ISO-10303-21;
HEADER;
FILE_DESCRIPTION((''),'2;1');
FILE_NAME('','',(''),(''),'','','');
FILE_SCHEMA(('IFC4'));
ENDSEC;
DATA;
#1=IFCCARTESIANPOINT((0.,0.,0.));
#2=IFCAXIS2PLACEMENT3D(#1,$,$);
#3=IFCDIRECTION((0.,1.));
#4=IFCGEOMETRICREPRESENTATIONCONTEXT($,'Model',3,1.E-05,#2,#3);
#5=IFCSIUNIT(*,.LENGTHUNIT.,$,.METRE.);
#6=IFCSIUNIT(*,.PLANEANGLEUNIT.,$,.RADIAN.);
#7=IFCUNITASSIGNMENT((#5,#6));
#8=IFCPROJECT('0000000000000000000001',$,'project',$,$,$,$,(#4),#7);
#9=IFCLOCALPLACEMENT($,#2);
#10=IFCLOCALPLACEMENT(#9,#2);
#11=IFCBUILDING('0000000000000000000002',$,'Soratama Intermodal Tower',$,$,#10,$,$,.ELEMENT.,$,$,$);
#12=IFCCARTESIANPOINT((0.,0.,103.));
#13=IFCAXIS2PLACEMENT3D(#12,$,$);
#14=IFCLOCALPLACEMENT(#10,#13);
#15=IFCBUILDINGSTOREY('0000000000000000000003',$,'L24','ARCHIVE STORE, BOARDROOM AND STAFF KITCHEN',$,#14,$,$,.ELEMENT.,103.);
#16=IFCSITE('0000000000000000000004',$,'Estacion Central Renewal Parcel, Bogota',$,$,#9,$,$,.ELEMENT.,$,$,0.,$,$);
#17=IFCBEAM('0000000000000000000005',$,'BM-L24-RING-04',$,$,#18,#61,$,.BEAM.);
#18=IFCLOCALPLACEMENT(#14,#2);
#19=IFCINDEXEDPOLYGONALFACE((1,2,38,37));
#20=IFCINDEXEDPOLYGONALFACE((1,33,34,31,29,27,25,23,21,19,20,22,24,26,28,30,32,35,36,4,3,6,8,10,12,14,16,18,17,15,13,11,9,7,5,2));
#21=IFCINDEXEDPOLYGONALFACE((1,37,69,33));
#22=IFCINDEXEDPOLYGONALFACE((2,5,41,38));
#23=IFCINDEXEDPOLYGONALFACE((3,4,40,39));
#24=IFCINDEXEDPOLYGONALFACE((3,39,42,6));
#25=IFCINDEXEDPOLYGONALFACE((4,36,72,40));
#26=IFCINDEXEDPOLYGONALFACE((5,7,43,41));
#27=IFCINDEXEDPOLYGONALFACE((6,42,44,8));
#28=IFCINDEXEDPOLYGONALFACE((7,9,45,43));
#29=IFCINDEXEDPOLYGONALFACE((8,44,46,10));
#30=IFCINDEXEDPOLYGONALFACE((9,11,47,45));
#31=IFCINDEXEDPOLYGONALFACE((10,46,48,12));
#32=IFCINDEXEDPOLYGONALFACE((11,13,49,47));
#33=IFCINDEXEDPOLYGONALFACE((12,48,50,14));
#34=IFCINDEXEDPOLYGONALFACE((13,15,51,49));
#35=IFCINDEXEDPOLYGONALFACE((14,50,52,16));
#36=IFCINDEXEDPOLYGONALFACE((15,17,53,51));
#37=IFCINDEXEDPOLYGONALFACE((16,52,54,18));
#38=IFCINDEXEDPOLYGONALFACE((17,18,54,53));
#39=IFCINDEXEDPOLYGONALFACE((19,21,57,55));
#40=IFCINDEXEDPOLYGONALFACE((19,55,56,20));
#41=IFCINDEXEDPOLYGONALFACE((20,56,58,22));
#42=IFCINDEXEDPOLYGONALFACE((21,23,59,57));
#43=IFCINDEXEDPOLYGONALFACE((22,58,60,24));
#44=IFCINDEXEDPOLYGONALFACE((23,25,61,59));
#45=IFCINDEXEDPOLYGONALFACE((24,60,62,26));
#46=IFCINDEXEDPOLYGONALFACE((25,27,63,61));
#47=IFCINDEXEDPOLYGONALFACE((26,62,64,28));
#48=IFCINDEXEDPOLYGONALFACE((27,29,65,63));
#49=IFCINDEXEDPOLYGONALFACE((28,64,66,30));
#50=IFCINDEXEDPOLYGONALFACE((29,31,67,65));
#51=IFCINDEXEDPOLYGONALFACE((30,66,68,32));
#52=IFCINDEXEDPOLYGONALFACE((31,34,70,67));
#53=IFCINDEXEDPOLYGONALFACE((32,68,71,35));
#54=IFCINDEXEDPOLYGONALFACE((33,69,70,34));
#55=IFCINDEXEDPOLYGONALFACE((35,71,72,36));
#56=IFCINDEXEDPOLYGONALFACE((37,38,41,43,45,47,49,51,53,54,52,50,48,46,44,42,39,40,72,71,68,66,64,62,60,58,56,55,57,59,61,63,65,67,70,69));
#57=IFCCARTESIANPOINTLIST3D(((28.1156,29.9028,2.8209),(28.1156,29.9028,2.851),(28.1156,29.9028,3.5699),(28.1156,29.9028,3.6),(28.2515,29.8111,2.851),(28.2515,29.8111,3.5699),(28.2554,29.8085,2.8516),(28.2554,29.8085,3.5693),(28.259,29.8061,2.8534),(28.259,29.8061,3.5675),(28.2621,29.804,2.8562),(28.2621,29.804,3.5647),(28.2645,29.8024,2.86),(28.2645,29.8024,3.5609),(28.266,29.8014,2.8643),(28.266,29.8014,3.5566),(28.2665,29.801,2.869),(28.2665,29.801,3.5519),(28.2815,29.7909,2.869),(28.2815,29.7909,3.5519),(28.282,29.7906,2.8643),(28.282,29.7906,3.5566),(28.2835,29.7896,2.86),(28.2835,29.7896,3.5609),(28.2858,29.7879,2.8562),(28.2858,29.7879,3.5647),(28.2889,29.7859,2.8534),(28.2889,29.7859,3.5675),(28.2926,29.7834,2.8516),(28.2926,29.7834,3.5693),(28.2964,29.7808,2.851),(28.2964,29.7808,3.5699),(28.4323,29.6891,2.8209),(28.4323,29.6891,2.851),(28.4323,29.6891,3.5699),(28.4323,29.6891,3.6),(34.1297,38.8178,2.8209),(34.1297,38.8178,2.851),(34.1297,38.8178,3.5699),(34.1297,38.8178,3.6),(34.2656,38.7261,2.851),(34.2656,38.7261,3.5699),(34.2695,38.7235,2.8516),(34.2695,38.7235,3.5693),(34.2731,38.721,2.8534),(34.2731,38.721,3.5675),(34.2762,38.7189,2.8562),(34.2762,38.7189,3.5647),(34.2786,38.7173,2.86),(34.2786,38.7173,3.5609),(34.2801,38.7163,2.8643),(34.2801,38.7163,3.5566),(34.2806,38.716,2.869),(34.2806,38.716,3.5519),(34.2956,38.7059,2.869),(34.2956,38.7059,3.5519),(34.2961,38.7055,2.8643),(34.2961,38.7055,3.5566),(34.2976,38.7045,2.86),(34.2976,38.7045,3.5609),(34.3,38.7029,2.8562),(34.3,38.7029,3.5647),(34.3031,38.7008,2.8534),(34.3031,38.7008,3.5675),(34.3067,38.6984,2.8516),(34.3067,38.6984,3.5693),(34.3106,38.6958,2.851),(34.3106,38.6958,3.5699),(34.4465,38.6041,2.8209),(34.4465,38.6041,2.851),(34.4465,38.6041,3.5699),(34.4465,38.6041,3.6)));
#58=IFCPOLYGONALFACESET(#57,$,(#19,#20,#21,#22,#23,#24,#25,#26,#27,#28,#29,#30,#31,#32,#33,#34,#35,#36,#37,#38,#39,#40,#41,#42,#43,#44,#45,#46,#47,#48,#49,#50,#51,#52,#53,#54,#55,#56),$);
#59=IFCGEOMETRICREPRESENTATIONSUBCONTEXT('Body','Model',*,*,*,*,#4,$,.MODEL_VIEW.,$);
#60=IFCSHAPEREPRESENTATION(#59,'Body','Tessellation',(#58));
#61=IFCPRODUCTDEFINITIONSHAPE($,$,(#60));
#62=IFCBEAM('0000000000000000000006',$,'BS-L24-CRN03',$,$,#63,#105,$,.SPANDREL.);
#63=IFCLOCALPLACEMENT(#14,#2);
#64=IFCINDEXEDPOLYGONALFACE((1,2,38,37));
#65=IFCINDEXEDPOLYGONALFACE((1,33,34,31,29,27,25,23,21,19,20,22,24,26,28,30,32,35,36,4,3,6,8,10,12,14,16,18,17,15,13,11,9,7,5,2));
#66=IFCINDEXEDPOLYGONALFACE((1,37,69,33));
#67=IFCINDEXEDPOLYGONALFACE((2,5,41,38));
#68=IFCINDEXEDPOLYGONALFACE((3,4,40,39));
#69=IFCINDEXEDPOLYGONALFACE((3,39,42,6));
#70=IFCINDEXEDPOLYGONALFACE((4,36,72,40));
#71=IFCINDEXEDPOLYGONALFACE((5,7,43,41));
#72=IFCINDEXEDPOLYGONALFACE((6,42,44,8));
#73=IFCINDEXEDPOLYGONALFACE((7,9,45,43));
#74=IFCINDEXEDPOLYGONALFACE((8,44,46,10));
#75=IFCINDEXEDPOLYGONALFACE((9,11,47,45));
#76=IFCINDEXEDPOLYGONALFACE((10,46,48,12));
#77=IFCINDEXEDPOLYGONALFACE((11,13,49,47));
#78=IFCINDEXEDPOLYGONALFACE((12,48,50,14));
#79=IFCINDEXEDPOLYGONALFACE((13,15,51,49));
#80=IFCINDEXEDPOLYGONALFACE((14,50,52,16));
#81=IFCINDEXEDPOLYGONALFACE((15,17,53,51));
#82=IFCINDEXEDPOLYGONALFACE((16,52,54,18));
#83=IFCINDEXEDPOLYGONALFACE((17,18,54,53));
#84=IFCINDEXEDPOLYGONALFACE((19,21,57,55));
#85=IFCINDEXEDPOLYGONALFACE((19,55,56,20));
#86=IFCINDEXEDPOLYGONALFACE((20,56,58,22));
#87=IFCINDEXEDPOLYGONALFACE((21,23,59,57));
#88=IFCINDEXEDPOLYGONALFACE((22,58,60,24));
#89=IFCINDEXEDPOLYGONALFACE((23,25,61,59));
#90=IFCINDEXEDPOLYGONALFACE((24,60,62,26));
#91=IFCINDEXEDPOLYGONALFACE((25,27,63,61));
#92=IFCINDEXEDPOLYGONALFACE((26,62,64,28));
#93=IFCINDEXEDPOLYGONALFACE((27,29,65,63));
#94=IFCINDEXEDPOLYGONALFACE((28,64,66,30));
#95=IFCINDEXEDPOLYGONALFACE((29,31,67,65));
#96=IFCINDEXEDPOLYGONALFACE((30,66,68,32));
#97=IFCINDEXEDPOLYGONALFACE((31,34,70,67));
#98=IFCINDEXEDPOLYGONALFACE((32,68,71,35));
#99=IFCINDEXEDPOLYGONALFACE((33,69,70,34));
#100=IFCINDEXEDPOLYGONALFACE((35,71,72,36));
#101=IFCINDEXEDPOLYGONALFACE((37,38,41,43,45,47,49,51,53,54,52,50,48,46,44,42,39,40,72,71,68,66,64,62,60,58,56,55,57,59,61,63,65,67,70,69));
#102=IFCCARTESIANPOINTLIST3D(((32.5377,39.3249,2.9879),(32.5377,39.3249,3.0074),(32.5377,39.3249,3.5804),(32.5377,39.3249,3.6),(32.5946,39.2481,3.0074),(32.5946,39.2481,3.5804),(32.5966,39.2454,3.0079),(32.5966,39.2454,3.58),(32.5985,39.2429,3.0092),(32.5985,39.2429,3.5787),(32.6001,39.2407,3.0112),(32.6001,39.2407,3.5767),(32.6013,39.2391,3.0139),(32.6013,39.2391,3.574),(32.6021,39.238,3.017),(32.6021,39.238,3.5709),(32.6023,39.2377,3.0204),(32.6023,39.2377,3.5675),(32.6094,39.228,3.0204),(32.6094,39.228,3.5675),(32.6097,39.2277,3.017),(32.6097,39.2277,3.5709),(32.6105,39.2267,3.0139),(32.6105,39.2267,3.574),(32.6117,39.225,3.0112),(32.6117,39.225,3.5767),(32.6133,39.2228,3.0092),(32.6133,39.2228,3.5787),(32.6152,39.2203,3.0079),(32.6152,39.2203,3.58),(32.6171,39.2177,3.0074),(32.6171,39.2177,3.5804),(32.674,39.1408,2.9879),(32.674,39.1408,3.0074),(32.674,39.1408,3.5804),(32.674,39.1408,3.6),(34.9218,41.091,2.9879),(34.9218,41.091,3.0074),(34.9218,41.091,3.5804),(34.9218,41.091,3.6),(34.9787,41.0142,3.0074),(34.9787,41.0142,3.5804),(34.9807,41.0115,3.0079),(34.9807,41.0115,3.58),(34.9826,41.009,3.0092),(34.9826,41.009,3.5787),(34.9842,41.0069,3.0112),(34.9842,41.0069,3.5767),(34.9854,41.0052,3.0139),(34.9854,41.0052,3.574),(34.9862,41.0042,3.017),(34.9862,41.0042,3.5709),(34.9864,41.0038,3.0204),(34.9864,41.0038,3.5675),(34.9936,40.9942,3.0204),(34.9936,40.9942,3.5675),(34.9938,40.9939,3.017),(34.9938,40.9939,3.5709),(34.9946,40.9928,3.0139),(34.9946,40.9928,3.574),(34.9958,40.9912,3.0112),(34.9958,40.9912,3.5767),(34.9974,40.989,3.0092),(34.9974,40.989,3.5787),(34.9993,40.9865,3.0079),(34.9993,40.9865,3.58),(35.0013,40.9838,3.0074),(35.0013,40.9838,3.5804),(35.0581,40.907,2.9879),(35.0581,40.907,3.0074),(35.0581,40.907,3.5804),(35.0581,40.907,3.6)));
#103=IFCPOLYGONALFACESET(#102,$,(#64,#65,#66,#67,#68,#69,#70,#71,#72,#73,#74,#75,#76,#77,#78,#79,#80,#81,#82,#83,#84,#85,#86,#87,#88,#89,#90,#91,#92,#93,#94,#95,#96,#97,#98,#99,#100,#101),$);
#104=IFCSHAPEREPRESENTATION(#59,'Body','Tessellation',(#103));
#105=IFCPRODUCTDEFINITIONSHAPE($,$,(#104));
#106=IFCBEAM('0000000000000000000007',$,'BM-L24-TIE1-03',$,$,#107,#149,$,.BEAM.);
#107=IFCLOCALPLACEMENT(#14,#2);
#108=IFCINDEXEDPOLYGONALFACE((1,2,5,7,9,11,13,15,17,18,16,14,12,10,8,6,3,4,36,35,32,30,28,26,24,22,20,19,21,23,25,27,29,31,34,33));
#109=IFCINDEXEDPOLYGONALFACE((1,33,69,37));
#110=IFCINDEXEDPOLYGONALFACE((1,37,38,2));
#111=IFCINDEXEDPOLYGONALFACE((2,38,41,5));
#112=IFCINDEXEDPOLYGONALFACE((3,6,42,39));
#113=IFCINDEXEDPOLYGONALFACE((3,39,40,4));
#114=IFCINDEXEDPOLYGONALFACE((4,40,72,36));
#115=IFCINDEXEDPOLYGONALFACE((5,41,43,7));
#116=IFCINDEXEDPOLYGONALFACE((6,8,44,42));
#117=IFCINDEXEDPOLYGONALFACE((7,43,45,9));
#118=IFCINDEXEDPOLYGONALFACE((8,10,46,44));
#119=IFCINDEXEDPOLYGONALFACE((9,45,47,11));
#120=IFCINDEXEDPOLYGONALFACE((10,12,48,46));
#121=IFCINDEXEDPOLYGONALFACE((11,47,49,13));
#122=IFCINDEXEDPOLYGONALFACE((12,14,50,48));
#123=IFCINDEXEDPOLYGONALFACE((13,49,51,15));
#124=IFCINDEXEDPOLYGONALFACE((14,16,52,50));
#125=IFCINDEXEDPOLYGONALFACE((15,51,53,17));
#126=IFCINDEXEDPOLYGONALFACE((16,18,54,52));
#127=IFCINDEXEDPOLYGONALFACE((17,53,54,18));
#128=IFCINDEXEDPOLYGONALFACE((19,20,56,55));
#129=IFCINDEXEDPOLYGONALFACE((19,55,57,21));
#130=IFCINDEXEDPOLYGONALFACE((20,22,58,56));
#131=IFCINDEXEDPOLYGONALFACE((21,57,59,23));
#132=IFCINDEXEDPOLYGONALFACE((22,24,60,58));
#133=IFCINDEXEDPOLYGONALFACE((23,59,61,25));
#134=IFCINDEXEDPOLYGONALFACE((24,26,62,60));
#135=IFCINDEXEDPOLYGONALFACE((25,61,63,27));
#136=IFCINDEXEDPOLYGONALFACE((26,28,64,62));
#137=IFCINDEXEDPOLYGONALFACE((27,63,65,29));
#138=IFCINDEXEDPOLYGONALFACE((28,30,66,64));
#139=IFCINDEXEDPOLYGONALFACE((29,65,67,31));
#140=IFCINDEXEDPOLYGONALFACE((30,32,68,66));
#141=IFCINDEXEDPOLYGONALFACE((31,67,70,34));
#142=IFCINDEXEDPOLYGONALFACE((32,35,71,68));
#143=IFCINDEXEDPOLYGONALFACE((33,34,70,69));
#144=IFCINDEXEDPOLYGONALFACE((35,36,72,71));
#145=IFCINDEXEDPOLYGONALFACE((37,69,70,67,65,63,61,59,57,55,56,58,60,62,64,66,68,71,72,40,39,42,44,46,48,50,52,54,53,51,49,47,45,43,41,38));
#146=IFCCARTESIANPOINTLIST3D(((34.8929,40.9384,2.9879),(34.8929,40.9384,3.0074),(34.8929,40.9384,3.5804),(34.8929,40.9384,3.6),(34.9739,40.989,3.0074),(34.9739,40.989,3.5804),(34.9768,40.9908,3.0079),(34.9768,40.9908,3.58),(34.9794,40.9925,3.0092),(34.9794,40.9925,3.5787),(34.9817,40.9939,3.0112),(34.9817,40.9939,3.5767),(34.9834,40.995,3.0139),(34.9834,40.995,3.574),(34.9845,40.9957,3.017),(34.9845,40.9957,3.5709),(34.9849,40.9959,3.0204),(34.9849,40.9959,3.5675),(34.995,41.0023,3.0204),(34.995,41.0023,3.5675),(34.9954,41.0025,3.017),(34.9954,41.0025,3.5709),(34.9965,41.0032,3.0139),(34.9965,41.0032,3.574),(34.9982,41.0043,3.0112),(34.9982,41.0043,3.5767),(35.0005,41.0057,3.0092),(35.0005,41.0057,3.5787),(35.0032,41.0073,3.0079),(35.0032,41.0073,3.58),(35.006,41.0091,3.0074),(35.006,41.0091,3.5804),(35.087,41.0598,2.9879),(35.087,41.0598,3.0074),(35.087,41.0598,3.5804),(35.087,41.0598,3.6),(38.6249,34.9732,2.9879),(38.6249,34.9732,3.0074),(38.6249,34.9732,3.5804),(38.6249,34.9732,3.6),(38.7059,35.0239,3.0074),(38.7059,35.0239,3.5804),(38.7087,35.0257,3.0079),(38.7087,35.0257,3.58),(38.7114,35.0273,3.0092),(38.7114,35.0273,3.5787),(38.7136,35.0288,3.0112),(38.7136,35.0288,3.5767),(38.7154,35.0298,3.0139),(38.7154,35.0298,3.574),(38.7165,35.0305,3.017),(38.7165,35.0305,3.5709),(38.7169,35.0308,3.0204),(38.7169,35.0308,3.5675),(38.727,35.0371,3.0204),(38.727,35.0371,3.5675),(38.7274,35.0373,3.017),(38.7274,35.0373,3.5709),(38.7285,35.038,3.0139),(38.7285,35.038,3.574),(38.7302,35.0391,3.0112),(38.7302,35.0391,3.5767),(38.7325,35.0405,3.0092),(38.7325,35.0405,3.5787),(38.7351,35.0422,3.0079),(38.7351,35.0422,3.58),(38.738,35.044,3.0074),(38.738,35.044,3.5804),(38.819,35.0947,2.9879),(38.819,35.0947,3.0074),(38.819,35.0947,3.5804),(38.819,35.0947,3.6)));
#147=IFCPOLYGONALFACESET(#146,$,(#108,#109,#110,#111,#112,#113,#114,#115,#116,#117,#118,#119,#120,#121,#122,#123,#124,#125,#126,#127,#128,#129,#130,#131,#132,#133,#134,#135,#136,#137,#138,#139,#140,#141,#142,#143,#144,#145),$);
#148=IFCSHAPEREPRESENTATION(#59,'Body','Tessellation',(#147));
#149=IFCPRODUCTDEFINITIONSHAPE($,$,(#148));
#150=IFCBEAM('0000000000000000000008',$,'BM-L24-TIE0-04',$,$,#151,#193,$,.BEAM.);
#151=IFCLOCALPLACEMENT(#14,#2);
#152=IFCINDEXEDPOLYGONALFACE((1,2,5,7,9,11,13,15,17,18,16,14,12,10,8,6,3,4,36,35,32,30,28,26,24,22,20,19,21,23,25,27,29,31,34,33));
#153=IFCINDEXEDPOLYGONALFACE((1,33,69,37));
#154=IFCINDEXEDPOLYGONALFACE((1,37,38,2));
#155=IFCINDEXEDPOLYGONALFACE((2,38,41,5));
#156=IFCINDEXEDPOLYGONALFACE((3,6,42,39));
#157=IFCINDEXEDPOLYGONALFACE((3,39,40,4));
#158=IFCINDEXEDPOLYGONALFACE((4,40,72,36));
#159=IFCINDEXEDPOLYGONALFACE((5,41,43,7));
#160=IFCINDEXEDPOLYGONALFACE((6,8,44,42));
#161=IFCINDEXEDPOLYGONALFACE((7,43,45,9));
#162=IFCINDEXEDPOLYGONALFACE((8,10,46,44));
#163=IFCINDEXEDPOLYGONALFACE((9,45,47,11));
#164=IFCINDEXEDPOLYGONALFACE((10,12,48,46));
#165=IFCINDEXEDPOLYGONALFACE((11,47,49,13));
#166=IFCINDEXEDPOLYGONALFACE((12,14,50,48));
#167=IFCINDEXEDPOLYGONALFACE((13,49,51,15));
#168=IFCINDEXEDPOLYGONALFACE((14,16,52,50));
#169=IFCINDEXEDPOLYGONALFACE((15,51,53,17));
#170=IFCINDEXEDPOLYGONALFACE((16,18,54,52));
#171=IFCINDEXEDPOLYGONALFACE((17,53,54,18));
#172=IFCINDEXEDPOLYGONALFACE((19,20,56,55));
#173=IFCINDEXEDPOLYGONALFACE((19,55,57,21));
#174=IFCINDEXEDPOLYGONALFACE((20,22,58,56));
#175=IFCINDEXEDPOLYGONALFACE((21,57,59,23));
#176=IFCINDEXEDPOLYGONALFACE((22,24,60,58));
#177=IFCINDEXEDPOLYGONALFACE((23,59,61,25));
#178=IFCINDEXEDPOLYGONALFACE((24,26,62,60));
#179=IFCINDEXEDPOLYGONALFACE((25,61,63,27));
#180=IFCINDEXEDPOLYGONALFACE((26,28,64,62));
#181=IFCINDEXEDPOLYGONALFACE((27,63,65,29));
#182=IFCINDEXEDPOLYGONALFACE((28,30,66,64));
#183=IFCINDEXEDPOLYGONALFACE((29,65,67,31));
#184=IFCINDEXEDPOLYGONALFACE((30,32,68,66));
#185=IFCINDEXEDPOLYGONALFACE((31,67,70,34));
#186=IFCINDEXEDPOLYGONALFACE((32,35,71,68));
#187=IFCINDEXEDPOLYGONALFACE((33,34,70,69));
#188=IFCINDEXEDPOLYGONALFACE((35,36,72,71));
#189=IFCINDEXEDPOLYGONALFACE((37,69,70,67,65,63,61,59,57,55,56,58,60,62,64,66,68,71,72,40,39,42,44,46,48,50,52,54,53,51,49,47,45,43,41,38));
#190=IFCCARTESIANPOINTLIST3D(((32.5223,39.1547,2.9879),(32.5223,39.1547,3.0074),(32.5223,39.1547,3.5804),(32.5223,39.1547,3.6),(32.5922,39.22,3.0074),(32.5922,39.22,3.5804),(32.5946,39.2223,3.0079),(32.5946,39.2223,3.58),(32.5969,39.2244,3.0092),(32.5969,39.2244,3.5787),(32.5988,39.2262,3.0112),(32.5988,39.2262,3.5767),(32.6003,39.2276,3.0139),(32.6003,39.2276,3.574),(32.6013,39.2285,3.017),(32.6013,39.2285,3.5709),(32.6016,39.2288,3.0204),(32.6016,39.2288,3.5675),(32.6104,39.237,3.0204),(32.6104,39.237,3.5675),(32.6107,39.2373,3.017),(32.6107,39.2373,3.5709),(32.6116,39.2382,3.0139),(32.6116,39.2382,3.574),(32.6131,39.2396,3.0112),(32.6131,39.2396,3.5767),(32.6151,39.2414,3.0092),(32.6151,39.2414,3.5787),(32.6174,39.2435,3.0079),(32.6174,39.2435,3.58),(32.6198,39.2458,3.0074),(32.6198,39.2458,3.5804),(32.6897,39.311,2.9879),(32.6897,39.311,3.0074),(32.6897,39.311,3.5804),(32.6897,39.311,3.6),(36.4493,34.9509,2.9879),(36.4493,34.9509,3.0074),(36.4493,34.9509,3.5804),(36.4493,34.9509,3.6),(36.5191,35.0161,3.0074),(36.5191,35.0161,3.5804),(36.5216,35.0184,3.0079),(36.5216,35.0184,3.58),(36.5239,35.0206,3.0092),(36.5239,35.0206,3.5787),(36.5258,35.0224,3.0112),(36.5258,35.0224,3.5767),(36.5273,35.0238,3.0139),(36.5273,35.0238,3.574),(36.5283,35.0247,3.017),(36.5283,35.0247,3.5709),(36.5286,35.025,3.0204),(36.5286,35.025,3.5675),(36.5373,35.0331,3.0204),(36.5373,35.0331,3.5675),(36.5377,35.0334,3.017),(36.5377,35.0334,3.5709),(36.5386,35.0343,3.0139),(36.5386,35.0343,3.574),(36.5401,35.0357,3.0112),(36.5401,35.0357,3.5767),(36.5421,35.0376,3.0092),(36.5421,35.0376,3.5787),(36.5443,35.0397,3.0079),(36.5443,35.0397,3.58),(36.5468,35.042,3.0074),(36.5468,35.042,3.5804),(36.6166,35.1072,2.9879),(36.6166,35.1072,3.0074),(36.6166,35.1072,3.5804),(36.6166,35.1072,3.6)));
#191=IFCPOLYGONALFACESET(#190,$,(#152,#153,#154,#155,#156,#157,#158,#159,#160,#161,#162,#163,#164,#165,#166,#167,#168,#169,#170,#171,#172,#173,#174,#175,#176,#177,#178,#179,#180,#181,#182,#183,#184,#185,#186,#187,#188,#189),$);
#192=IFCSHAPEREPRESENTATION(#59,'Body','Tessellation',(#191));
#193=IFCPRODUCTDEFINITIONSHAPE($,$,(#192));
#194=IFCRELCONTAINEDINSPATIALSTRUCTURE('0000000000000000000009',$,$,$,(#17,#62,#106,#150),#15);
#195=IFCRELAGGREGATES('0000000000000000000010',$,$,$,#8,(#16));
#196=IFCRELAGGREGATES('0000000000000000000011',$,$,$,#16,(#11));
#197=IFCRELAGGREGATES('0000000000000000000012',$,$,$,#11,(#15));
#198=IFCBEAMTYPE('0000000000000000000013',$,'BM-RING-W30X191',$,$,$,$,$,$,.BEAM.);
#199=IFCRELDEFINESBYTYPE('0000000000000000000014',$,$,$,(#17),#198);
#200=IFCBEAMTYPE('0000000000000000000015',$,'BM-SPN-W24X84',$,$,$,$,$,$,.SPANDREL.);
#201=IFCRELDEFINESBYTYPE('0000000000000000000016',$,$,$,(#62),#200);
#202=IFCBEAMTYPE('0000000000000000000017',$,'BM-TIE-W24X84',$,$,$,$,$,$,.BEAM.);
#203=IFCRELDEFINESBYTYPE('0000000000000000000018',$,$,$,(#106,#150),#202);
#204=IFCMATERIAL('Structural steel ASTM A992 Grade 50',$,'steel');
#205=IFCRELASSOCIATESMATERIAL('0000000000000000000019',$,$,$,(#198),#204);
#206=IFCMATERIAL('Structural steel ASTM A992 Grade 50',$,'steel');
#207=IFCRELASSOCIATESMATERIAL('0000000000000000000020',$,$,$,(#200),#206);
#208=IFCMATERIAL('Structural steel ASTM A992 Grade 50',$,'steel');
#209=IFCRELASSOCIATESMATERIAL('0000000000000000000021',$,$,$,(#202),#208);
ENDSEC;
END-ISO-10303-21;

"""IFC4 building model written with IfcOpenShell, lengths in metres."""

from ifc_helpers import new_model, si_unit, direction, frame, origin, origin_2d, place, context, subcontext, project, spatial, i_section, extrude, material, material_profile, profile_set, type_object, element, save


model = new_model("IFC4")

# Units and contexts
model_context = context("Model", 3, precision=1e-05, world=origin(), true_north=direction((0.0, 1.0)))
body_context = subcontext(model_context, "Body", "Model", "MODEL_VIEW")
ifc_project = project(units=[si_unit("LENGTHUNIT", "METRE"), si_unit("PLANEANGLEUNIT", "RADIAN")], contexts=[model_context])

# Site, building, storey
site_placement = place(None, origin())
site = spatial("IfcSite", under=ifc_project, at=site_placement, Name="Estacion Central Renewal Parcel, Bogota", CompositionType="ELEMENT", RefElevation=0.0)
building_placement = place(site_placement, origin())
building = spatial("IfcBuilding", under=site, at=building_placement, Name="Soratama Intermodal Tower", CompositionType="ELEMENT")
storey_placement = place(building_placement, frame((0.0, 0.0, 103.0)))
storey = spatial("IfcBuildingStorey", under=building, at=storey_placement, Name="L24", Description="ARCHIVE STORE, BOARDROOM AND STAFF KITCHEN", CompositionType="ELEMENT", Elevation=103.0)

# Beams
ifc_material_1 = material(Name="Structural steel ASTM A992 Grade 50", Category="steel")
ifc_material_profile_1 = material_profile(ifc_material_1, i_section(OverallWidth=0.3821, OverallDepth=0.7791, WebThickness=0.0181, FlangeThickness=0.03, FilletRadius=0.0181, at=origin_2d()), Name="W30X191")
ifc_profile_set_1 = profile_set([ifc_material_profile_1], Name="Structural steel ASTM A992 Grade 50")
beam_type_1 = type_object("IfcBeamType", Name="BM-RING-W30X191", PredefinedType="BEAM", material=ifc_profile_set_1)
beam_1_placement = place(storey_placement, frame((34.2881, 38.7109, 3.2104), z_axis=(-0.55925, -0.828999, 0.0), x_axis=(0.828999, -0.55925, 0.0)))
element("IfcBeam", 1, at=beam_1_placement, inside=storey, type_object=beam_type_1, Name="BM-L24-RING-04", PredefinedType="BEAM", context=body_context, shape_type="SweptSolid", body=[
    extrude(i_section(OverallWidth=0.3821, OverallDepth=0.7791, WebThickness=0.0181, FlangeThickness=0.03, FilletRadius=0.0181, at=origin_2d()), origin(), (0.0, 0.0, 1.0), 10.7539),
])
ifc_material_2 = material(Name="Structural steel ASTM A992 Grade 50", Category="steel")
ifc_material_profile_2 = material_profile(ifc_material_2, i_section(OverallWidth=0.229, OverallDepth=0.6121, WebThickness=0.012, FlangeThickness=0.0195, FilletRadius=0.0129, at=origin_2d()), Name="W24X84")
ifc_profile_set_2 = profile_set([ifc_material_profile_2], Name="Structural steel ASTM A992 Grade 50")
beam_type_2 = type_object("IfcBeamType", Name="BM-SPN-W24X84", PredefinedType="SPANDREL", material=ifc_profile_set_2)
beam_2_placement = place(storey_placement, frame((34.99, 40.999, 3.2939), z_axis=(-0.803531, -0.595263, 0.0), x_axis=(0.595263, -0.803531, 0.0)))
element("IfcBeam", 2, at=beam_2_placement, inside=storey, type_object=beam_type_2, Name="BS-L24-CRN03", PredefinedType="SPANDREL", context=body_context, shape_type="SweptSolid", body=[
    extrude(i_section(OverallWidth=0.229, OverallDepth=0.6121, WebThickness=0.012, FlangeThickness=0.0195, FilletRadius=0.0129, at=origin_2d()), origin(), (0.0, 0.0, 1.0), 2.967),
])
ifc_material_3 = material(Name="Structural steel ASTM A992 Grade 50", Category="steel")
ifc_material_profile_3 = material_profile(ifc_material_3, i_section(OverallWidth=0.229, OverallDepth=0.6121, WebThickness=0.012, FlangeThickness=0.0195, FilletRadius=0.0129, at=origin_2d()), Name="W24X84")
ifc_profile_set_3 = profile_set([ifc_material_profile_3], Name="Structural steel ASTM A992 Grade 50")
beam_type_3 = type_object("IfcBeamType", Name="BM-TIE-W24X84", PredefinedType="BEAM", material=ifc_profile_set_3)
beam_3_placement = place(storey_placement, frame((38.7219, 35.0339, 3.2939), z_axis=(-0.530383, 0.847758, 0.0), x_axis=(-0.847758, -0.530383, 0.0)))
element("IfcBeam", 3, at=beam_3_placement, inside=storey, type_object=beam_type_3, Name="BM-L24-TIE1-03", PredefinedType="BEAM", context=body_context, shape_type="SweptSolid", body=[
    extrude(i_section(OverallWidth=0.229, OverallDepth=0.6121, WebThickness=0.012, FlangeThickness=0.0195, FilletRadius=0.0129, at=origin_2d()), origin(), (0.0, 0.0, 1.0), 7.0364),
])
beam_4_placement = place(storey_placement, frame((36.533, 35.0291, 3.2939), z_axis=(-0.682634, 0.73076, 0.0), x_axis=(-0.73076, -0.682634, 0.0)))
element("IfcBeam", 4, at=beam_4_placement, inside=storey, type_object=beam_type_3, Name="BM-L24-TIE0-04", PredefinedType="BEAM", context=body_context, shape_type="SweptSolid", body=[
    extrude(i_section(OverallWidth=0.229, OverallDepth=0.6121, WebThickness=0.012, FlangeThickness=0.0195, FilletRadius=0.0129, at=origin_2d()), origin(), (0.0, 0.0, 1.0), 5.7527),
])

save(model, "model.ifc")
